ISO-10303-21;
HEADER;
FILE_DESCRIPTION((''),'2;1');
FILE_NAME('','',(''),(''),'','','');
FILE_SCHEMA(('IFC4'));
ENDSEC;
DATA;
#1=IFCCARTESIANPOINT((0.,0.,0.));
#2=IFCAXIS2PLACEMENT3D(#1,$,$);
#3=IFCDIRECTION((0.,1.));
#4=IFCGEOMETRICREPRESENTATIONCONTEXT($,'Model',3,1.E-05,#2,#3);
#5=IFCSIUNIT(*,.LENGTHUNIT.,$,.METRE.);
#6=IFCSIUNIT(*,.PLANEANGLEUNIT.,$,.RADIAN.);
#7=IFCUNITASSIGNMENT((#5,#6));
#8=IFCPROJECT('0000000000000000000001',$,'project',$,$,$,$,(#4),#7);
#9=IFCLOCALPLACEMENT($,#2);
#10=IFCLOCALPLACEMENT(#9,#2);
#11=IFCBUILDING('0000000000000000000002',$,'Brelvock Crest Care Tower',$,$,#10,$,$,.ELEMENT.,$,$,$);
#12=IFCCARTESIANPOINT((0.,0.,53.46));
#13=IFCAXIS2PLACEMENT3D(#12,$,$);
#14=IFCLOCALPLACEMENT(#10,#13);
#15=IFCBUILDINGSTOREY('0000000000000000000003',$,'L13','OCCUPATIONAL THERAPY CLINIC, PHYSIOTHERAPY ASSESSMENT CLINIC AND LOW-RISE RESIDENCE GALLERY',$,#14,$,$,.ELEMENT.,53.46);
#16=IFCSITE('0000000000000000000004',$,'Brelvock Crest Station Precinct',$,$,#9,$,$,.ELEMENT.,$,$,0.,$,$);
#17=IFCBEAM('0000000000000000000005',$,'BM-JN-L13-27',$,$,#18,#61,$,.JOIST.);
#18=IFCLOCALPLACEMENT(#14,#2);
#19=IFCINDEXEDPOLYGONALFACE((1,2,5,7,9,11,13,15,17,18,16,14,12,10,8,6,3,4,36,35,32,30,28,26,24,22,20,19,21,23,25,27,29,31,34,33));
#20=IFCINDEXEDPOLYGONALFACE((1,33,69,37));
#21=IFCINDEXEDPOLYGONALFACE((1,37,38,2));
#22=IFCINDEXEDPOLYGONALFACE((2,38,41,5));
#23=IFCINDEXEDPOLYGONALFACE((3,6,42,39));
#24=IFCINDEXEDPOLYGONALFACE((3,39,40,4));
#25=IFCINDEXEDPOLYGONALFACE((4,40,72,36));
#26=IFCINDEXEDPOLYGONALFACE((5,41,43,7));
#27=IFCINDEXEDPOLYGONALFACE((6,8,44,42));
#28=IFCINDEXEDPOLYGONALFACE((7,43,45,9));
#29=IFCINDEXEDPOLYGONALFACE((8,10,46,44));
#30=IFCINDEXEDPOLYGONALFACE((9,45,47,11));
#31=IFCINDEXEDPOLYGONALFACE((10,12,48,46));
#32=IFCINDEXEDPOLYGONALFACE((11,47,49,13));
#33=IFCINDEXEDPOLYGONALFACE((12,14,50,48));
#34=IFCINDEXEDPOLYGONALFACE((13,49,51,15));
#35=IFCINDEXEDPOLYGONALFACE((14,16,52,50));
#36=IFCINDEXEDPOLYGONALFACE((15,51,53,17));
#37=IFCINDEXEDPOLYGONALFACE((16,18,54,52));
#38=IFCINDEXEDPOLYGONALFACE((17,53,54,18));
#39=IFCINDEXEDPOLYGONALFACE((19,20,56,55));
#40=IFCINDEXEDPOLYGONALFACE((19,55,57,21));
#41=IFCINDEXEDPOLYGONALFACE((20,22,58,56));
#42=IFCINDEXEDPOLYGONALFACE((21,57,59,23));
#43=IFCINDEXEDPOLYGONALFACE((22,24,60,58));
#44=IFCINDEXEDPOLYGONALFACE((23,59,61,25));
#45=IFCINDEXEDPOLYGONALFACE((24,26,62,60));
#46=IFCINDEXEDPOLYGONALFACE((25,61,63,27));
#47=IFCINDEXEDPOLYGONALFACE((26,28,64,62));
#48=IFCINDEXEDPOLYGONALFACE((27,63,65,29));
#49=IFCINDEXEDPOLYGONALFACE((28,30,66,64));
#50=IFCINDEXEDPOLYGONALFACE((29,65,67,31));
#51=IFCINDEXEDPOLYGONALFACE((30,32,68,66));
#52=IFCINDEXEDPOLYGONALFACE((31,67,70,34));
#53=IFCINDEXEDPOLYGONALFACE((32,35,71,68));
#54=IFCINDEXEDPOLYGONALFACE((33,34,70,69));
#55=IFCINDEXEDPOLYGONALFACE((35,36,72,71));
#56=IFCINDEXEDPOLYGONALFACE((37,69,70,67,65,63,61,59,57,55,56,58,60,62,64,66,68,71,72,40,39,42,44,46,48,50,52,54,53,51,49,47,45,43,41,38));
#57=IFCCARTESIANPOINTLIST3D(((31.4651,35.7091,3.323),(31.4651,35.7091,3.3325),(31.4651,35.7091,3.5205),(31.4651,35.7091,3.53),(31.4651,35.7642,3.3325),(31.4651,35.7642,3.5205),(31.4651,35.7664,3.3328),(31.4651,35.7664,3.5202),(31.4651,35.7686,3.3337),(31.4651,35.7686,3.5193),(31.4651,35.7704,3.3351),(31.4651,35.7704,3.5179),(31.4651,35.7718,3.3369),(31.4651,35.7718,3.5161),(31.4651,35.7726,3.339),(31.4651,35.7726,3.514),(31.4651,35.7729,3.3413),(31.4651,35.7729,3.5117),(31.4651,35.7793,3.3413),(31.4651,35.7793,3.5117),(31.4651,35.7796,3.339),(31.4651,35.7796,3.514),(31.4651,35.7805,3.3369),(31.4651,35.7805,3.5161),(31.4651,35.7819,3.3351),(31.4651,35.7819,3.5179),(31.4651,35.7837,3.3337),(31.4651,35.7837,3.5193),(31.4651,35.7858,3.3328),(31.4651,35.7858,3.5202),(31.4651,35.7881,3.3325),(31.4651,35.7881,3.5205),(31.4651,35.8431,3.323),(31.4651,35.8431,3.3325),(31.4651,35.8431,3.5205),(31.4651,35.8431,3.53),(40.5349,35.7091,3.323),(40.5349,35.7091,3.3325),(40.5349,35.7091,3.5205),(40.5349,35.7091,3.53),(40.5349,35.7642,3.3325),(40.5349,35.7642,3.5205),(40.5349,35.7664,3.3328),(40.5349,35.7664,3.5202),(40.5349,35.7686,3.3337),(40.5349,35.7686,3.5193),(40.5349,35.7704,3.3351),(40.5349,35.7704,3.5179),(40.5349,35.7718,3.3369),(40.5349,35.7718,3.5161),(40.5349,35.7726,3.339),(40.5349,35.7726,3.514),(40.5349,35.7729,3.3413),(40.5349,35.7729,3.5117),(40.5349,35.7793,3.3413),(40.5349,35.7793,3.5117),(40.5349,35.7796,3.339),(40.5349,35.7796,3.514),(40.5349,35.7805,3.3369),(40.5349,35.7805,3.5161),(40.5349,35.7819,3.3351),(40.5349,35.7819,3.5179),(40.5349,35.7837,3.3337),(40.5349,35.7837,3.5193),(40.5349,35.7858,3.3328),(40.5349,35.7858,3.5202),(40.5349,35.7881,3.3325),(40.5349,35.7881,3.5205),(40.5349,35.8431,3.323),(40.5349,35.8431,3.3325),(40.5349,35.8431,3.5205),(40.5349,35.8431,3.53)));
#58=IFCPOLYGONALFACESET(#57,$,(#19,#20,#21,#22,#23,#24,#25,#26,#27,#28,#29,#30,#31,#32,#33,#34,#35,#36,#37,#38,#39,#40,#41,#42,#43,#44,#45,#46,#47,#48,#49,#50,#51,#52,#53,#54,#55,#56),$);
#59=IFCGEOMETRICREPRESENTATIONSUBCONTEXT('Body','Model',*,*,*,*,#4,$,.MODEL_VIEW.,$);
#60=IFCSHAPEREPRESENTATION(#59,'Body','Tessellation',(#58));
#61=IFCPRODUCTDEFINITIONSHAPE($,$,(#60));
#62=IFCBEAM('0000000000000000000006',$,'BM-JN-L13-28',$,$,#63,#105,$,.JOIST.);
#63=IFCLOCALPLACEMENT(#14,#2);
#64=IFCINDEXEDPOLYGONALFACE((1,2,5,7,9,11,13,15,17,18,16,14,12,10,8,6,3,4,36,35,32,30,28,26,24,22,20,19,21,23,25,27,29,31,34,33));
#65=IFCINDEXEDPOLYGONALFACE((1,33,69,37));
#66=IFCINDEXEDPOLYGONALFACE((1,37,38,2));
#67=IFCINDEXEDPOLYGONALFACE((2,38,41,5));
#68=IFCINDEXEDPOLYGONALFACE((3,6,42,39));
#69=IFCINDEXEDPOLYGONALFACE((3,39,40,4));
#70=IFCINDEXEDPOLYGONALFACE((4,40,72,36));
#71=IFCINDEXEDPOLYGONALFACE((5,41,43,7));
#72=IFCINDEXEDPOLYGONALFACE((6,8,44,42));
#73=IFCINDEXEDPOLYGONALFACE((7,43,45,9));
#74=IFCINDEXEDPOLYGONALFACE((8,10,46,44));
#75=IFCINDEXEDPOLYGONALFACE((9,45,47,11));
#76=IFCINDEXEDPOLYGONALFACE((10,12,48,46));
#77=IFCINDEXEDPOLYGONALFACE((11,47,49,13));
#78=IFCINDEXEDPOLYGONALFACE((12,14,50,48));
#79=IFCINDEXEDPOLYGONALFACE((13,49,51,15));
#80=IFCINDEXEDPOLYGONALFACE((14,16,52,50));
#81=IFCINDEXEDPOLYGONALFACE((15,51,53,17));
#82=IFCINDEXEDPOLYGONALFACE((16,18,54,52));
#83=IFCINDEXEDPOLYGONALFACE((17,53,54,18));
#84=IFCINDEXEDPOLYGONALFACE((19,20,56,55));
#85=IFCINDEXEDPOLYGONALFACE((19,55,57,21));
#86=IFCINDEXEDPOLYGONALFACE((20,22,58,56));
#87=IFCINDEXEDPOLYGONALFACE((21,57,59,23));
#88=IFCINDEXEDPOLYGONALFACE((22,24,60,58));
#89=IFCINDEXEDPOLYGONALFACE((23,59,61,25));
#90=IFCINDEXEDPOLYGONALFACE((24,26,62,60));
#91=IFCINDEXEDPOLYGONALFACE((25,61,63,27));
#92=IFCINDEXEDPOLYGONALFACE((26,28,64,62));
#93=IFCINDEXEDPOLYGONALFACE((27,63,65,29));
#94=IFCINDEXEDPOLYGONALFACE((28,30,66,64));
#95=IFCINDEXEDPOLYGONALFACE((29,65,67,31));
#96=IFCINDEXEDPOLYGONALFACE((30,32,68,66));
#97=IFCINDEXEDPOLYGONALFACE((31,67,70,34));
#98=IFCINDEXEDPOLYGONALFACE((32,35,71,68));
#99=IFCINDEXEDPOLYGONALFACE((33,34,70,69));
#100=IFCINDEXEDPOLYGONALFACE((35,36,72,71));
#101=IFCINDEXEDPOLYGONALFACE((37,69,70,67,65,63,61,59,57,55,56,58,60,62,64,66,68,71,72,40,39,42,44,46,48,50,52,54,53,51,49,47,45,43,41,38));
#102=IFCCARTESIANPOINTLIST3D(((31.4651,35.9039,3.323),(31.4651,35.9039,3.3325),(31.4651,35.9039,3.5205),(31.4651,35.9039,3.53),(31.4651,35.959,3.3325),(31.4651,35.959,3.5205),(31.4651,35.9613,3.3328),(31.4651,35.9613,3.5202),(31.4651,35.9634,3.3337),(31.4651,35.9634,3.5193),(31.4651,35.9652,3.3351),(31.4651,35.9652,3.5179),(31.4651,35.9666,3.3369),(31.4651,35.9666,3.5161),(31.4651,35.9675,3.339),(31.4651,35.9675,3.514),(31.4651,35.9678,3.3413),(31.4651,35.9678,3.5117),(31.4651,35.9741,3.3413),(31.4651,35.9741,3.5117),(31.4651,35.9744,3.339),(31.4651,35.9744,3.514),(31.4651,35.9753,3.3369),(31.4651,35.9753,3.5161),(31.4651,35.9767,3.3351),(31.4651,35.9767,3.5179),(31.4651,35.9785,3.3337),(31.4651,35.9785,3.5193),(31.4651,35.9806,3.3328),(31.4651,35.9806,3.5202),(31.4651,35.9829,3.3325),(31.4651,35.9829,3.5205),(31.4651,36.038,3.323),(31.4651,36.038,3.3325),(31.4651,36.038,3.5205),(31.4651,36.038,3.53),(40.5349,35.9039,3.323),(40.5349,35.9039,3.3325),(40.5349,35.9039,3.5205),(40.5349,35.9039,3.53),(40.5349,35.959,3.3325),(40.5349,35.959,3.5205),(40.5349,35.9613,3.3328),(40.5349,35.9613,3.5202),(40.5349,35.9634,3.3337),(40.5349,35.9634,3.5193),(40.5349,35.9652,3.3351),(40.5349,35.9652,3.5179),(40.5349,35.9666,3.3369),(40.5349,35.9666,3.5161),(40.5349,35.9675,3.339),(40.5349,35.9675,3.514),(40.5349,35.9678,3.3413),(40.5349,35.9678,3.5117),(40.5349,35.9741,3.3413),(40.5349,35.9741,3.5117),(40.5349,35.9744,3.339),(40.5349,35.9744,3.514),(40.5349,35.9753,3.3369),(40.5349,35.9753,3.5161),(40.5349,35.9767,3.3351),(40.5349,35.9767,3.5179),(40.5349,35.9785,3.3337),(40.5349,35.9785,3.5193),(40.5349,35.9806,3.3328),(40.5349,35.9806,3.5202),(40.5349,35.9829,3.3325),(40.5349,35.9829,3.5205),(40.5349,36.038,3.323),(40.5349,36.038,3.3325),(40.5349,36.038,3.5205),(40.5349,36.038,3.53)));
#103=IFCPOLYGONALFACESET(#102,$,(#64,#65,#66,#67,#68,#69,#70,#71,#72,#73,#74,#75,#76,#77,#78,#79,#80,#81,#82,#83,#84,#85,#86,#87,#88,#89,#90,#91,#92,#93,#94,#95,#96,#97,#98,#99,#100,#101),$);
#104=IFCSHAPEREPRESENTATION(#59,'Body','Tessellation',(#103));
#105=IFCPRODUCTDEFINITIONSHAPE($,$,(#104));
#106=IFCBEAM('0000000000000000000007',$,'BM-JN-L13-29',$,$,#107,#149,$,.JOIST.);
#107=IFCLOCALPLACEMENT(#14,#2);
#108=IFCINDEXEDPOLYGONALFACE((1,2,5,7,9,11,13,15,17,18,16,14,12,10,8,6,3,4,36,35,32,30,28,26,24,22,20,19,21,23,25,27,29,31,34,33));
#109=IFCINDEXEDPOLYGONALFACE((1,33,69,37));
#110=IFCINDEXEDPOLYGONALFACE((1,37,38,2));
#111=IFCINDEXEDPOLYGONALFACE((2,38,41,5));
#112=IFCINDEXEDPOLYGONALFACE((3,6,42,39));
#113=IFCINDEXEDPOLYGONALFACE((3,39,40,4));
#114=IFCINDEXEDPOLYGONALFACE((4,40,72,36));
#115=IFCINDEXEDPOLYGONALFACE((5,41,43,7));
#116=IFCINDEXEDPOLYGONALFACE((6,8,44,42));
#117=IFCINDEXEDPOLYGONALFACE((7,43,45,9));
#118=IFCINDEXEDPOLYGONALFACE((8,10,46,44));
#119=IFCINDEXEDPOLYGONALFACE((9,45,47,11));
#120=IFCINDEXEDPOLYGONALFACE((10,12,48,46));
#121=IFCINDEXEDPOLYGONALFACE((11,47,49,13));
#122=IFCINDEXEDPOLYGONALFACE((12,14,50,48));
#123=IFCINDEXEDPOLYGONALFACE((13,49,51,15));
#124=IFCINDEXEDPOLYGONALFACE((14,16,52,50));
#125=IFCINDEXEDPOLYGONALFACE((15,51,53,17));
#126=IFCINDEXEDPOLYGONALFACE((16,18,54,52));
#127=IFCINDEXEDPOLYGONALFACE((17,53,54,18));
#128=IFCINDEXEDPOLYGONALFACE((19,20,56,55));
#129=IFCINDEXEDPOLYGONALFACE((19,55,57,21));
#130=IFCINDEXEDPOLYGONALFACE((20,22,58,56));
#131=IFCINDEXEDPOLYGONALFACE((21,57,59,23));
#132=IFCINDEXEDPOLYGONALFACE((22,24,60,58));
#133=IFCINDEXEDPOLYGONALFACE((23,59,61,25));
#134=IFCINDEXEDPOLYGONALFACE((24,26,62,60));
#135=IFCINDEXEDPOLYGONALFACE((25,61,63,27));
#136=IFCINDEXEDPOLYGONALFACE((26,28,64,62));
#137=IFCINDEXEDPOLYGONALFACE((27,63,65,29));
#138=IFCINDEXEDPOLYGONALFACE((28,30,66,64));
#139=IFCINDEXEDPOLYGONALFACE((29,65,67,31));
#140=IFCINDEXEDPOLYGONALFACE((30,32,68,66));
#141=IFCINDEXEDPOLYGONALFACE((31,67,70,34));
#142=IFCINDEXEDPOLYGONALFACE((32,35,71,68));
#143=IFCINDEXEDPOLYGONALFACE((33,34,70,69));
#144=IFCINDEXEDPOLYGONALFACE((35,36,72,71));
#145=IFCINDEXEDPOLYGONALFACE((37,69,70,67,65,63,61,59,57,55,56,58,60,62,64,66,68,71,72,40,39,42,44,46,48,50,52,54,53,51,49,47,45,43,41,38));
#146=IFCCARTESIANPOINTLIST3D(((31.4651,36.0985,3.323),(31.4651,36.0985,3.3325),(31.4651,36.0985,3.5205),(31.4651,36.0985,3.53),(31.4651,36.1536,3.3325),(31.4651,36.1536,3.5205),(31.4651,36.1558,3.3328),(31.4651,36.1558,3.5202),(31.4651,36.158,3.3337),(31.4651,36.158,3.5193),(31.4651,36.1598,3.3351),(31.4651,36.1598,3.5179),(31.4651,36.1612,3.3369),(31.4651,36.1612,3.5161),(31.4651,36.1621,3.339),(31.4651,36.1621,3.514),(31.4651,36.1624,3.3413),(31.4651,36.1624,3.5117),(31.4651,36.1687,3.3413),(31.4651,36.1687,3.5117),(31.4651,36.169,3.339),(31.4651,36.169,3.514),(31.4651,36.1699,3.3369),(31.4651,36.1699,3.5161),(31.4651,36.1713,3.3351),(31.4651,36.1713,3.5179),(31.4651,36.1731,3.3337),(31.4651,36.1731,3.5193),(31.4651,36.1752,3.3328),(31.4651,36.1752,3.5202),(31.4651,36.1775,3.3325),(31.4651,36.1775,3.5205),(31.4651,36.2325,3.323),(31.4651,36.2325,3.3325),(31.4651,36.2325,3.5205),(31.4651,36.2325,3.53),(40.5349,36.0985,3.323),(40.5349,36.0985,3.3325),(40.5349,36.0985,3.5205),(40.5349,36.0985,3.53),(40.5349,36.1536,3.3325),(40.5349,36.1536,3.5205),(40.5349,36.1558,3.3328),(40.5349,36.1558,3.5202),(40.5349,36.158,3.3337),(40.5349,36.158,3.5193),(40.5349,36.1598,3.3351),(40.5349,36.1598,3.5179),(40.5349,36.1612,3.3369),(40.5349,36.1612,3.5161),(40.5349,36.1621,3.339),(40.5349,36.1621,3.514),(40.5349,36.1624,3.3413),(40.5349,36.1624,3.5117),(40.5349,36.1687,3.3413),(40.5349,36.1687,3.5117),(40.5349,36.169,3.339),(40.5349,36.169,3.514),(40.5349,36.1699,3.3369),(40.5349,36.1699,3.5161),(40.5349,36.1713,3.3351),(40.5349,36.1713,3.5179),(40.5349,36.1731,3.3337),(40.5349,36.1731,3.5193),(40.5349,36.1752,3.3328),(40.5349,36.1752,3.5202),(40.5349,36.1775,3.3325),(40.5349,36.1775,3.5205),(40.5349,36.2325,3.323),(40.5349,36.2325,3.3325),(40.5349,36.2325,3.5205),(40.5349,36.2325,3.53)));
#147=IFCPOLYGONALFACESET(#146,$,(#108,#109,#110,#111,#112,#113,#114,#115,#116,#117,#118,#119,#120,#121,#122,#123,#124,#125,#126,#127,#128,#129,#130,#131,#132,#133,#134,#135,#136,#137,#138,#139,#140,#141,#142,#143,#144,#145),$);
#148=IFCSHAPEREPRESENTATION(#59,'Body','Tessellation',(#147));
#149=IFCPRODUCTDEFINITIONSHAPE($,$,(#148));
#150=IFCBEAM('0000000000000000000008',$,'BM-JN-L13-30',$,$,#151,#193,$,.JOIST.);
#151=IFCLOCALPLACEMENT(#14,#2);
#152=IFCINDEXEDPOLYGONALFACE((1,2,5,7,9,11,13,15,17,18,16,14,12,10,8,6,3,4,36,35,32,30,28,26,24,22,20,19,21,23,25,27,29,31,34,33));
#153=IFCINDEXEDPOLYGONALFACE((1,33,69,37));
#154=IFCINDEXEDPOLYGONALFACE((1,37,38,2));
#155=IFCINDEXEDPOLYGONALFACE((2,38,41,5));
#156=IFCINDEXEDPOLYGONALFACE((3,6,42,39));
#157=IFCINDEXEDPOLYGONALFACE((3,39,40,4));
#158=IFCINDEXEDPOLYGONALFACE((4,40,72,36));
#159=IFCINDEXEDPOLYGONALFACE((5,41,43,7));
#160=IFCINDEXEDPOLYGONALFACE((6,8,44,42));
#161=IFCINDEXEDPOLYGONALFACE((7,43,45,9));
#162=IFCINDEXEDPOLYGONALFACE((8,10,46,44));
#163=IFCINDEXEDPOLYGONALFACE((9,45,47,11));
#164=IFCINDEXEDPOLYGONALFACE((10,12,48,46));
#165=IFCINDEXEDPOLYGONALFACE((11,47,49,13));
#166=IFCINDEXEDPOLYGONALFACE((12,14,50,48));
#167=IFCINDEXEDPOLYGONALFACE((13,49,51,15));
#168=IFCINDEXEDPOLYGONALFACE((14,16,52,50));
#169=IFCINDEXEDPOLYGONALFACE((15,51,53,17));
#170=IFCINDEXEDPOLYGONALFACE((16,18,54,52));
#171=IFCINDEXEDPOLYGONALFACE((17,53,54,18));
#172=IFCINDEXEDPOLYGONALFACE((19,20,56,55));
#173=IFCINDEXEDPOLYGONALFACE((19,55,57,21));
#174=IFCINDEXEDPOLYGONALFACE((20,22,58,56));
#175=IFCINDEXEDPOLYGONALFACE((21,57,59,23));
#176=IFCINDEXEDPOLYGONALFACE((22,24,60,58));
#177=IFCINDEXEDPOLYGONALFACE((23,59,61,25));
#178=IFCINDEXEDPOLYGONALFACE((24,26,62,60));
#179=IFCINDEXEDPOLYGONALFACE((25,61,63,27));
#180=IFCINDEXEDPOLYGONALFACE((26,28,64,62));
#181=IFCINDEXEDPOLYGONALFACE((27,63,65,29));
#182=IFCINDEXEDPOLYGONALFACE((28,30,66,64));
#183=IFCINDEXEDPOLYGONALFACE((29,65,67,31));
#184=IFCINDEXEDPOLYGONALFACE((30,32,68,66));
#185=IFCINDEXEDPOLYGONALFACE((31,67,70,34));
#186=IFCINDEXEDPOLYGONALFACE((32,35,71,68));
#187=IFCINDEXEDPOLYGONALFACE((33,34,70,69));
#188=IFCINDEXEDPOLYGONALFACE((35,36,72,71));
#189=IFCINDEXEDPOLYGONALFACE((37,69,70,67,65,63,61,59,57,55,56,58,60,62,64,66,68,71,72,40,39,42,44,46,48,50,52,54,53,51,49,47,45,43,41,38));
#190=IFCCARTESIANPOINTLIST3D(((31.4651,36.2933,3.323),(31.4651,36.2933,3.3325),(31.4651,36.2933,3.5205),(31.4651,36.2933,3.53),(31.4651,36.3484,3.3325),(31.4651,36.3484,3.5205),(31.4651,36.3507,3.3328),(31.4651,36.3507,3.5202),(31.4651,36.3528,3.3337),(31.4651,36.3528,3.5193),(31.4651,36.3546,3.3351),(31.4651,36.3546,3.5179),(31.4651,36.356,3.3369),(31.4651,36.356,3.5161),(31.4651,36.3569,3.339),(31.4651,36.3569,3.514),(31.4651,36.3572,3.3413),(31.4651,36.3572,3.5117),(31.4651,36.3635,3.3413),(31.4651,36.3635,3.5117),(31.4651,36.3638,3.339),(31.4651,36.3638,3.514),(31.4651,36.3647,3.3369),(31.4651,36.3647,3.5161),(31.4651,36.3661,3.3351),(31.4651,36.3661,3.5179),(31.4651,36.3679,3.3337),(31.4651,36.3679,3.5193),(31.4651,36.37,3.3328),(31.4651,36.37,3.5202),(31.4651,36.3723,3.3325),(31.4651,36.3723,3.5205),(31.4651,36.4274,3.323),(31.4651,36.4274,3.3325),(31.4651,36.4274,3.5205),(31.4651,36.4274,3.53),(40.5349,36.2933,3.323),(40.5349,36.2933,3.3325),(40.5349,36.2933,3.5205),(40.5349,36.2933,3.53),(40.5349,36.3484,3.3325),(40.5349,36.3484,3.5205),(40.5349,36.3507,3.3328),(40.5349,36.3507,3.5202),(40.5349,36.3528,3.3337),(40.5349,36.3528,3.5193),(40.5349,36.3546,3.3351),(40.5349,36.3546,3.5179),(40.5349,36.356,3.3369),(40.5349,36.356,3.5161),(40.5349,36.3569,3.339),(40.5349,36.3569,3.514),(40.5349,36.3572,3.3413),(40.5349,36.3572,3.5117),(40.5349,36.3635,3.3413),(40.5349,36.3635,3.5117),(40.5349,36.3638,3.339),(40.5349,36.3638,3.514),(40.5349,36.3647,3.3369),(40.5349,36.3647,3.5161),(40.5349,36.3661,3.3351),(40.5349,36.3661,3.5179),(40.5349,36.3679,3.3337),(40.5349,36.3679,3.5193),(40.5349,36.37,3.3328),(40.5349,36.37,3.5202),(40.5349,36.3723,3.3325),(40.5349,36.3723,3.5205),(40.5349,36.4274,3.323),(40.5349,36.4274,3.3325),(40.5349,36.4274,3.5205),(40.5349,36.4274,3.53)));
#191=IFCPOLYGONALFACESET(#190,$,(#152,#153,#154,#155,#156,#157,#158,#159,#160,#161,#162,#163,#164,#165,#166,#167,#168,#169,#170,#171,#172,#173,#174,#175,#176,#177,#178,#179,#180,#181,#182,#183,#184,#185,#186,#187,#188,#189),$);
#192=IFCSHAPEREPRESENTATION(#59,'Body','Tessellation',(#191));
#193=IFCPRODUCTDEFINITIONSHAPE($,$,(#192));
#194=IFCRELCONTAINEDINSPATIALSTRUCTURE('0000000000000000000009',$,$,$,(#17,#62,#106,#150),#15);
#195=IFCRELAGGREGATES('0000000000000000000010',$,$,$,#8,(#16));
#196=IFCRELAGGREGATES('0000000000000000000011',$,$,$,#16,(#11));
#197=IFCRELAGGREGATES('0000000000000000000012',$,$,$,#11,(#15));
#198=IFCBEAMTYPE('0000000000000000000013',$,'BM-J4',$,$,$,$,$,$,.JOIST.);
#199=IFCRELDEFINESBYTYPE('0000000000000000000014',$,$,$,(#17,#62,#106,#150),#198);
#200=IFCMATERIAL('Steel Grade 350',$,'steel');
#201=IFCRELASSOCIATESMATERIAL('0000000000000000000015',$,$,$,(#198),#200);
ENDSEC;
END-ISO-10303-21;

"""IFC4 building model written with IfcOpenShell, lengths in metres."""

from ifc_helpers import new_model, si_unit, direction, frame, origin, origin_2d, place, context, subcontext, project, spatial, i_section, extrude, source, transform, mapped, material, material_profile, profile_set, type_object, element, save


model = new_model("IFC4")

# Units and contexts
model_context = context("Model", 3, precision=1e-05, world=origin(), true_north=direction((0.0, 1.0)))
body_context = subcontext(model_context, "Body", "Model", "MODEL_VIEW")
ifc_project = project(units=[si_unit("LENGTHUNIT", "METRE"), si_unit("PLANEANGLEUNIT", "RADIAN")], contexts=[model_context])

# Site, building, storey
site_placement = place(None, origin())
site = spatial("IfcSite", under=ifc_project, at=site_placement, Name="Brelvock Crest Station Precinct", CompositionType="ELEMENT", RefElevation=0.0)
building_placement = place(site_placement, origin())
building = spatial("IfcBuilding", under=site, at=building_placement, Name="Brelvock Crest Care Tower", CompositionType="ELEMENT")
storey_placement = place(building_placement, frame((0.0, 0.0, 53.46)))
storey = spatial("IfcBuildingStorey", under=building, at=storey_placement, Name="L13", Description="OCCUPATIONAL THERAPY CLINIC, PHYSIOTHERAPY ASSESSMENT CLINIC AND LOW-RISE RESIDENCE GALLERY", CompositionType="ELEMENT", Elevation=53.46)

# Shared definitions
ifc_material_1 = material(Name="Steel Grade 350", Category="steel")

# Beams
ifc_material_profile_1 = material_profile(ifc_material_1, i_section(OverallWidth=0.134, OverallDepth=0.207, WebThickness=0.0063, FlangeThickness=0.0095, FilletRadius=0.0088, at=origin_2d()), Name="200UB29.8")
ifc_profile_set_1 = profile_set([ifc_material_profile_1], Name="Steel Grade 350")
beam_type_1 = type_object("IfcBeamType", Name="BM-J4", PredefinedType="JOIST", material=ifc_profile_set_1)
shared_shape_1 = source(origin(), body_context, "Body", "SweptSolid", [
    extrude(i_section(OverallWidth=0.134, OverallDepth=0.207, WebThickness=0.0063, FlangeThickness=0.0095, FilletRadius=0.0088, at=origin_2d()), origin(), (0.0, 0.0, 1.0), 9.0698),
])
for number, where, z_axis, x_axis, name in (
    (1, (31.4651, 35.7761, 3.4265), (1.0, 0.0, 0.0), (0.0, 1.0, 0.0), "BM-JN-L13-27"),
    (2, (31.4651, 35.9709, 3.4265), (1.0, 0.0, 0.0), (0.0, 1.0, 0.0), "BM-JN-L13-28"),
    (3, (31.4651, 36.1655, 3.4265), (1.0, 0.0, 0.0), (0.0, 1.0, 0.0), "BM-JN-L13-29"),
    (4, (31.4651, 36.3604, 3.4265), (1.0, 0.0, 0.0), (0.0, 1.0, 0.0), "BM-JN-L13-30"),
):
    element("IfcBeam", number, at=place(storey_placement, frame(where, z_axis=z_axis, x_axis=x_axis)), inside=storey, type_object=beam_type_1, Name=name, PredefinedType="JOIST", context=body_context, shape_type="MappedRepresentation", body=[
        mapped(shared_shape_1, transform((0.0, 0.0, 0.0), x_axis=(1.0, 0.0, 0.0), y_axis=(0.0, 1.0, 0.0), z_axis=(0.0, 0.0, 1.0), scale=1.0)),
    ])

save(model, "model.ifc")
